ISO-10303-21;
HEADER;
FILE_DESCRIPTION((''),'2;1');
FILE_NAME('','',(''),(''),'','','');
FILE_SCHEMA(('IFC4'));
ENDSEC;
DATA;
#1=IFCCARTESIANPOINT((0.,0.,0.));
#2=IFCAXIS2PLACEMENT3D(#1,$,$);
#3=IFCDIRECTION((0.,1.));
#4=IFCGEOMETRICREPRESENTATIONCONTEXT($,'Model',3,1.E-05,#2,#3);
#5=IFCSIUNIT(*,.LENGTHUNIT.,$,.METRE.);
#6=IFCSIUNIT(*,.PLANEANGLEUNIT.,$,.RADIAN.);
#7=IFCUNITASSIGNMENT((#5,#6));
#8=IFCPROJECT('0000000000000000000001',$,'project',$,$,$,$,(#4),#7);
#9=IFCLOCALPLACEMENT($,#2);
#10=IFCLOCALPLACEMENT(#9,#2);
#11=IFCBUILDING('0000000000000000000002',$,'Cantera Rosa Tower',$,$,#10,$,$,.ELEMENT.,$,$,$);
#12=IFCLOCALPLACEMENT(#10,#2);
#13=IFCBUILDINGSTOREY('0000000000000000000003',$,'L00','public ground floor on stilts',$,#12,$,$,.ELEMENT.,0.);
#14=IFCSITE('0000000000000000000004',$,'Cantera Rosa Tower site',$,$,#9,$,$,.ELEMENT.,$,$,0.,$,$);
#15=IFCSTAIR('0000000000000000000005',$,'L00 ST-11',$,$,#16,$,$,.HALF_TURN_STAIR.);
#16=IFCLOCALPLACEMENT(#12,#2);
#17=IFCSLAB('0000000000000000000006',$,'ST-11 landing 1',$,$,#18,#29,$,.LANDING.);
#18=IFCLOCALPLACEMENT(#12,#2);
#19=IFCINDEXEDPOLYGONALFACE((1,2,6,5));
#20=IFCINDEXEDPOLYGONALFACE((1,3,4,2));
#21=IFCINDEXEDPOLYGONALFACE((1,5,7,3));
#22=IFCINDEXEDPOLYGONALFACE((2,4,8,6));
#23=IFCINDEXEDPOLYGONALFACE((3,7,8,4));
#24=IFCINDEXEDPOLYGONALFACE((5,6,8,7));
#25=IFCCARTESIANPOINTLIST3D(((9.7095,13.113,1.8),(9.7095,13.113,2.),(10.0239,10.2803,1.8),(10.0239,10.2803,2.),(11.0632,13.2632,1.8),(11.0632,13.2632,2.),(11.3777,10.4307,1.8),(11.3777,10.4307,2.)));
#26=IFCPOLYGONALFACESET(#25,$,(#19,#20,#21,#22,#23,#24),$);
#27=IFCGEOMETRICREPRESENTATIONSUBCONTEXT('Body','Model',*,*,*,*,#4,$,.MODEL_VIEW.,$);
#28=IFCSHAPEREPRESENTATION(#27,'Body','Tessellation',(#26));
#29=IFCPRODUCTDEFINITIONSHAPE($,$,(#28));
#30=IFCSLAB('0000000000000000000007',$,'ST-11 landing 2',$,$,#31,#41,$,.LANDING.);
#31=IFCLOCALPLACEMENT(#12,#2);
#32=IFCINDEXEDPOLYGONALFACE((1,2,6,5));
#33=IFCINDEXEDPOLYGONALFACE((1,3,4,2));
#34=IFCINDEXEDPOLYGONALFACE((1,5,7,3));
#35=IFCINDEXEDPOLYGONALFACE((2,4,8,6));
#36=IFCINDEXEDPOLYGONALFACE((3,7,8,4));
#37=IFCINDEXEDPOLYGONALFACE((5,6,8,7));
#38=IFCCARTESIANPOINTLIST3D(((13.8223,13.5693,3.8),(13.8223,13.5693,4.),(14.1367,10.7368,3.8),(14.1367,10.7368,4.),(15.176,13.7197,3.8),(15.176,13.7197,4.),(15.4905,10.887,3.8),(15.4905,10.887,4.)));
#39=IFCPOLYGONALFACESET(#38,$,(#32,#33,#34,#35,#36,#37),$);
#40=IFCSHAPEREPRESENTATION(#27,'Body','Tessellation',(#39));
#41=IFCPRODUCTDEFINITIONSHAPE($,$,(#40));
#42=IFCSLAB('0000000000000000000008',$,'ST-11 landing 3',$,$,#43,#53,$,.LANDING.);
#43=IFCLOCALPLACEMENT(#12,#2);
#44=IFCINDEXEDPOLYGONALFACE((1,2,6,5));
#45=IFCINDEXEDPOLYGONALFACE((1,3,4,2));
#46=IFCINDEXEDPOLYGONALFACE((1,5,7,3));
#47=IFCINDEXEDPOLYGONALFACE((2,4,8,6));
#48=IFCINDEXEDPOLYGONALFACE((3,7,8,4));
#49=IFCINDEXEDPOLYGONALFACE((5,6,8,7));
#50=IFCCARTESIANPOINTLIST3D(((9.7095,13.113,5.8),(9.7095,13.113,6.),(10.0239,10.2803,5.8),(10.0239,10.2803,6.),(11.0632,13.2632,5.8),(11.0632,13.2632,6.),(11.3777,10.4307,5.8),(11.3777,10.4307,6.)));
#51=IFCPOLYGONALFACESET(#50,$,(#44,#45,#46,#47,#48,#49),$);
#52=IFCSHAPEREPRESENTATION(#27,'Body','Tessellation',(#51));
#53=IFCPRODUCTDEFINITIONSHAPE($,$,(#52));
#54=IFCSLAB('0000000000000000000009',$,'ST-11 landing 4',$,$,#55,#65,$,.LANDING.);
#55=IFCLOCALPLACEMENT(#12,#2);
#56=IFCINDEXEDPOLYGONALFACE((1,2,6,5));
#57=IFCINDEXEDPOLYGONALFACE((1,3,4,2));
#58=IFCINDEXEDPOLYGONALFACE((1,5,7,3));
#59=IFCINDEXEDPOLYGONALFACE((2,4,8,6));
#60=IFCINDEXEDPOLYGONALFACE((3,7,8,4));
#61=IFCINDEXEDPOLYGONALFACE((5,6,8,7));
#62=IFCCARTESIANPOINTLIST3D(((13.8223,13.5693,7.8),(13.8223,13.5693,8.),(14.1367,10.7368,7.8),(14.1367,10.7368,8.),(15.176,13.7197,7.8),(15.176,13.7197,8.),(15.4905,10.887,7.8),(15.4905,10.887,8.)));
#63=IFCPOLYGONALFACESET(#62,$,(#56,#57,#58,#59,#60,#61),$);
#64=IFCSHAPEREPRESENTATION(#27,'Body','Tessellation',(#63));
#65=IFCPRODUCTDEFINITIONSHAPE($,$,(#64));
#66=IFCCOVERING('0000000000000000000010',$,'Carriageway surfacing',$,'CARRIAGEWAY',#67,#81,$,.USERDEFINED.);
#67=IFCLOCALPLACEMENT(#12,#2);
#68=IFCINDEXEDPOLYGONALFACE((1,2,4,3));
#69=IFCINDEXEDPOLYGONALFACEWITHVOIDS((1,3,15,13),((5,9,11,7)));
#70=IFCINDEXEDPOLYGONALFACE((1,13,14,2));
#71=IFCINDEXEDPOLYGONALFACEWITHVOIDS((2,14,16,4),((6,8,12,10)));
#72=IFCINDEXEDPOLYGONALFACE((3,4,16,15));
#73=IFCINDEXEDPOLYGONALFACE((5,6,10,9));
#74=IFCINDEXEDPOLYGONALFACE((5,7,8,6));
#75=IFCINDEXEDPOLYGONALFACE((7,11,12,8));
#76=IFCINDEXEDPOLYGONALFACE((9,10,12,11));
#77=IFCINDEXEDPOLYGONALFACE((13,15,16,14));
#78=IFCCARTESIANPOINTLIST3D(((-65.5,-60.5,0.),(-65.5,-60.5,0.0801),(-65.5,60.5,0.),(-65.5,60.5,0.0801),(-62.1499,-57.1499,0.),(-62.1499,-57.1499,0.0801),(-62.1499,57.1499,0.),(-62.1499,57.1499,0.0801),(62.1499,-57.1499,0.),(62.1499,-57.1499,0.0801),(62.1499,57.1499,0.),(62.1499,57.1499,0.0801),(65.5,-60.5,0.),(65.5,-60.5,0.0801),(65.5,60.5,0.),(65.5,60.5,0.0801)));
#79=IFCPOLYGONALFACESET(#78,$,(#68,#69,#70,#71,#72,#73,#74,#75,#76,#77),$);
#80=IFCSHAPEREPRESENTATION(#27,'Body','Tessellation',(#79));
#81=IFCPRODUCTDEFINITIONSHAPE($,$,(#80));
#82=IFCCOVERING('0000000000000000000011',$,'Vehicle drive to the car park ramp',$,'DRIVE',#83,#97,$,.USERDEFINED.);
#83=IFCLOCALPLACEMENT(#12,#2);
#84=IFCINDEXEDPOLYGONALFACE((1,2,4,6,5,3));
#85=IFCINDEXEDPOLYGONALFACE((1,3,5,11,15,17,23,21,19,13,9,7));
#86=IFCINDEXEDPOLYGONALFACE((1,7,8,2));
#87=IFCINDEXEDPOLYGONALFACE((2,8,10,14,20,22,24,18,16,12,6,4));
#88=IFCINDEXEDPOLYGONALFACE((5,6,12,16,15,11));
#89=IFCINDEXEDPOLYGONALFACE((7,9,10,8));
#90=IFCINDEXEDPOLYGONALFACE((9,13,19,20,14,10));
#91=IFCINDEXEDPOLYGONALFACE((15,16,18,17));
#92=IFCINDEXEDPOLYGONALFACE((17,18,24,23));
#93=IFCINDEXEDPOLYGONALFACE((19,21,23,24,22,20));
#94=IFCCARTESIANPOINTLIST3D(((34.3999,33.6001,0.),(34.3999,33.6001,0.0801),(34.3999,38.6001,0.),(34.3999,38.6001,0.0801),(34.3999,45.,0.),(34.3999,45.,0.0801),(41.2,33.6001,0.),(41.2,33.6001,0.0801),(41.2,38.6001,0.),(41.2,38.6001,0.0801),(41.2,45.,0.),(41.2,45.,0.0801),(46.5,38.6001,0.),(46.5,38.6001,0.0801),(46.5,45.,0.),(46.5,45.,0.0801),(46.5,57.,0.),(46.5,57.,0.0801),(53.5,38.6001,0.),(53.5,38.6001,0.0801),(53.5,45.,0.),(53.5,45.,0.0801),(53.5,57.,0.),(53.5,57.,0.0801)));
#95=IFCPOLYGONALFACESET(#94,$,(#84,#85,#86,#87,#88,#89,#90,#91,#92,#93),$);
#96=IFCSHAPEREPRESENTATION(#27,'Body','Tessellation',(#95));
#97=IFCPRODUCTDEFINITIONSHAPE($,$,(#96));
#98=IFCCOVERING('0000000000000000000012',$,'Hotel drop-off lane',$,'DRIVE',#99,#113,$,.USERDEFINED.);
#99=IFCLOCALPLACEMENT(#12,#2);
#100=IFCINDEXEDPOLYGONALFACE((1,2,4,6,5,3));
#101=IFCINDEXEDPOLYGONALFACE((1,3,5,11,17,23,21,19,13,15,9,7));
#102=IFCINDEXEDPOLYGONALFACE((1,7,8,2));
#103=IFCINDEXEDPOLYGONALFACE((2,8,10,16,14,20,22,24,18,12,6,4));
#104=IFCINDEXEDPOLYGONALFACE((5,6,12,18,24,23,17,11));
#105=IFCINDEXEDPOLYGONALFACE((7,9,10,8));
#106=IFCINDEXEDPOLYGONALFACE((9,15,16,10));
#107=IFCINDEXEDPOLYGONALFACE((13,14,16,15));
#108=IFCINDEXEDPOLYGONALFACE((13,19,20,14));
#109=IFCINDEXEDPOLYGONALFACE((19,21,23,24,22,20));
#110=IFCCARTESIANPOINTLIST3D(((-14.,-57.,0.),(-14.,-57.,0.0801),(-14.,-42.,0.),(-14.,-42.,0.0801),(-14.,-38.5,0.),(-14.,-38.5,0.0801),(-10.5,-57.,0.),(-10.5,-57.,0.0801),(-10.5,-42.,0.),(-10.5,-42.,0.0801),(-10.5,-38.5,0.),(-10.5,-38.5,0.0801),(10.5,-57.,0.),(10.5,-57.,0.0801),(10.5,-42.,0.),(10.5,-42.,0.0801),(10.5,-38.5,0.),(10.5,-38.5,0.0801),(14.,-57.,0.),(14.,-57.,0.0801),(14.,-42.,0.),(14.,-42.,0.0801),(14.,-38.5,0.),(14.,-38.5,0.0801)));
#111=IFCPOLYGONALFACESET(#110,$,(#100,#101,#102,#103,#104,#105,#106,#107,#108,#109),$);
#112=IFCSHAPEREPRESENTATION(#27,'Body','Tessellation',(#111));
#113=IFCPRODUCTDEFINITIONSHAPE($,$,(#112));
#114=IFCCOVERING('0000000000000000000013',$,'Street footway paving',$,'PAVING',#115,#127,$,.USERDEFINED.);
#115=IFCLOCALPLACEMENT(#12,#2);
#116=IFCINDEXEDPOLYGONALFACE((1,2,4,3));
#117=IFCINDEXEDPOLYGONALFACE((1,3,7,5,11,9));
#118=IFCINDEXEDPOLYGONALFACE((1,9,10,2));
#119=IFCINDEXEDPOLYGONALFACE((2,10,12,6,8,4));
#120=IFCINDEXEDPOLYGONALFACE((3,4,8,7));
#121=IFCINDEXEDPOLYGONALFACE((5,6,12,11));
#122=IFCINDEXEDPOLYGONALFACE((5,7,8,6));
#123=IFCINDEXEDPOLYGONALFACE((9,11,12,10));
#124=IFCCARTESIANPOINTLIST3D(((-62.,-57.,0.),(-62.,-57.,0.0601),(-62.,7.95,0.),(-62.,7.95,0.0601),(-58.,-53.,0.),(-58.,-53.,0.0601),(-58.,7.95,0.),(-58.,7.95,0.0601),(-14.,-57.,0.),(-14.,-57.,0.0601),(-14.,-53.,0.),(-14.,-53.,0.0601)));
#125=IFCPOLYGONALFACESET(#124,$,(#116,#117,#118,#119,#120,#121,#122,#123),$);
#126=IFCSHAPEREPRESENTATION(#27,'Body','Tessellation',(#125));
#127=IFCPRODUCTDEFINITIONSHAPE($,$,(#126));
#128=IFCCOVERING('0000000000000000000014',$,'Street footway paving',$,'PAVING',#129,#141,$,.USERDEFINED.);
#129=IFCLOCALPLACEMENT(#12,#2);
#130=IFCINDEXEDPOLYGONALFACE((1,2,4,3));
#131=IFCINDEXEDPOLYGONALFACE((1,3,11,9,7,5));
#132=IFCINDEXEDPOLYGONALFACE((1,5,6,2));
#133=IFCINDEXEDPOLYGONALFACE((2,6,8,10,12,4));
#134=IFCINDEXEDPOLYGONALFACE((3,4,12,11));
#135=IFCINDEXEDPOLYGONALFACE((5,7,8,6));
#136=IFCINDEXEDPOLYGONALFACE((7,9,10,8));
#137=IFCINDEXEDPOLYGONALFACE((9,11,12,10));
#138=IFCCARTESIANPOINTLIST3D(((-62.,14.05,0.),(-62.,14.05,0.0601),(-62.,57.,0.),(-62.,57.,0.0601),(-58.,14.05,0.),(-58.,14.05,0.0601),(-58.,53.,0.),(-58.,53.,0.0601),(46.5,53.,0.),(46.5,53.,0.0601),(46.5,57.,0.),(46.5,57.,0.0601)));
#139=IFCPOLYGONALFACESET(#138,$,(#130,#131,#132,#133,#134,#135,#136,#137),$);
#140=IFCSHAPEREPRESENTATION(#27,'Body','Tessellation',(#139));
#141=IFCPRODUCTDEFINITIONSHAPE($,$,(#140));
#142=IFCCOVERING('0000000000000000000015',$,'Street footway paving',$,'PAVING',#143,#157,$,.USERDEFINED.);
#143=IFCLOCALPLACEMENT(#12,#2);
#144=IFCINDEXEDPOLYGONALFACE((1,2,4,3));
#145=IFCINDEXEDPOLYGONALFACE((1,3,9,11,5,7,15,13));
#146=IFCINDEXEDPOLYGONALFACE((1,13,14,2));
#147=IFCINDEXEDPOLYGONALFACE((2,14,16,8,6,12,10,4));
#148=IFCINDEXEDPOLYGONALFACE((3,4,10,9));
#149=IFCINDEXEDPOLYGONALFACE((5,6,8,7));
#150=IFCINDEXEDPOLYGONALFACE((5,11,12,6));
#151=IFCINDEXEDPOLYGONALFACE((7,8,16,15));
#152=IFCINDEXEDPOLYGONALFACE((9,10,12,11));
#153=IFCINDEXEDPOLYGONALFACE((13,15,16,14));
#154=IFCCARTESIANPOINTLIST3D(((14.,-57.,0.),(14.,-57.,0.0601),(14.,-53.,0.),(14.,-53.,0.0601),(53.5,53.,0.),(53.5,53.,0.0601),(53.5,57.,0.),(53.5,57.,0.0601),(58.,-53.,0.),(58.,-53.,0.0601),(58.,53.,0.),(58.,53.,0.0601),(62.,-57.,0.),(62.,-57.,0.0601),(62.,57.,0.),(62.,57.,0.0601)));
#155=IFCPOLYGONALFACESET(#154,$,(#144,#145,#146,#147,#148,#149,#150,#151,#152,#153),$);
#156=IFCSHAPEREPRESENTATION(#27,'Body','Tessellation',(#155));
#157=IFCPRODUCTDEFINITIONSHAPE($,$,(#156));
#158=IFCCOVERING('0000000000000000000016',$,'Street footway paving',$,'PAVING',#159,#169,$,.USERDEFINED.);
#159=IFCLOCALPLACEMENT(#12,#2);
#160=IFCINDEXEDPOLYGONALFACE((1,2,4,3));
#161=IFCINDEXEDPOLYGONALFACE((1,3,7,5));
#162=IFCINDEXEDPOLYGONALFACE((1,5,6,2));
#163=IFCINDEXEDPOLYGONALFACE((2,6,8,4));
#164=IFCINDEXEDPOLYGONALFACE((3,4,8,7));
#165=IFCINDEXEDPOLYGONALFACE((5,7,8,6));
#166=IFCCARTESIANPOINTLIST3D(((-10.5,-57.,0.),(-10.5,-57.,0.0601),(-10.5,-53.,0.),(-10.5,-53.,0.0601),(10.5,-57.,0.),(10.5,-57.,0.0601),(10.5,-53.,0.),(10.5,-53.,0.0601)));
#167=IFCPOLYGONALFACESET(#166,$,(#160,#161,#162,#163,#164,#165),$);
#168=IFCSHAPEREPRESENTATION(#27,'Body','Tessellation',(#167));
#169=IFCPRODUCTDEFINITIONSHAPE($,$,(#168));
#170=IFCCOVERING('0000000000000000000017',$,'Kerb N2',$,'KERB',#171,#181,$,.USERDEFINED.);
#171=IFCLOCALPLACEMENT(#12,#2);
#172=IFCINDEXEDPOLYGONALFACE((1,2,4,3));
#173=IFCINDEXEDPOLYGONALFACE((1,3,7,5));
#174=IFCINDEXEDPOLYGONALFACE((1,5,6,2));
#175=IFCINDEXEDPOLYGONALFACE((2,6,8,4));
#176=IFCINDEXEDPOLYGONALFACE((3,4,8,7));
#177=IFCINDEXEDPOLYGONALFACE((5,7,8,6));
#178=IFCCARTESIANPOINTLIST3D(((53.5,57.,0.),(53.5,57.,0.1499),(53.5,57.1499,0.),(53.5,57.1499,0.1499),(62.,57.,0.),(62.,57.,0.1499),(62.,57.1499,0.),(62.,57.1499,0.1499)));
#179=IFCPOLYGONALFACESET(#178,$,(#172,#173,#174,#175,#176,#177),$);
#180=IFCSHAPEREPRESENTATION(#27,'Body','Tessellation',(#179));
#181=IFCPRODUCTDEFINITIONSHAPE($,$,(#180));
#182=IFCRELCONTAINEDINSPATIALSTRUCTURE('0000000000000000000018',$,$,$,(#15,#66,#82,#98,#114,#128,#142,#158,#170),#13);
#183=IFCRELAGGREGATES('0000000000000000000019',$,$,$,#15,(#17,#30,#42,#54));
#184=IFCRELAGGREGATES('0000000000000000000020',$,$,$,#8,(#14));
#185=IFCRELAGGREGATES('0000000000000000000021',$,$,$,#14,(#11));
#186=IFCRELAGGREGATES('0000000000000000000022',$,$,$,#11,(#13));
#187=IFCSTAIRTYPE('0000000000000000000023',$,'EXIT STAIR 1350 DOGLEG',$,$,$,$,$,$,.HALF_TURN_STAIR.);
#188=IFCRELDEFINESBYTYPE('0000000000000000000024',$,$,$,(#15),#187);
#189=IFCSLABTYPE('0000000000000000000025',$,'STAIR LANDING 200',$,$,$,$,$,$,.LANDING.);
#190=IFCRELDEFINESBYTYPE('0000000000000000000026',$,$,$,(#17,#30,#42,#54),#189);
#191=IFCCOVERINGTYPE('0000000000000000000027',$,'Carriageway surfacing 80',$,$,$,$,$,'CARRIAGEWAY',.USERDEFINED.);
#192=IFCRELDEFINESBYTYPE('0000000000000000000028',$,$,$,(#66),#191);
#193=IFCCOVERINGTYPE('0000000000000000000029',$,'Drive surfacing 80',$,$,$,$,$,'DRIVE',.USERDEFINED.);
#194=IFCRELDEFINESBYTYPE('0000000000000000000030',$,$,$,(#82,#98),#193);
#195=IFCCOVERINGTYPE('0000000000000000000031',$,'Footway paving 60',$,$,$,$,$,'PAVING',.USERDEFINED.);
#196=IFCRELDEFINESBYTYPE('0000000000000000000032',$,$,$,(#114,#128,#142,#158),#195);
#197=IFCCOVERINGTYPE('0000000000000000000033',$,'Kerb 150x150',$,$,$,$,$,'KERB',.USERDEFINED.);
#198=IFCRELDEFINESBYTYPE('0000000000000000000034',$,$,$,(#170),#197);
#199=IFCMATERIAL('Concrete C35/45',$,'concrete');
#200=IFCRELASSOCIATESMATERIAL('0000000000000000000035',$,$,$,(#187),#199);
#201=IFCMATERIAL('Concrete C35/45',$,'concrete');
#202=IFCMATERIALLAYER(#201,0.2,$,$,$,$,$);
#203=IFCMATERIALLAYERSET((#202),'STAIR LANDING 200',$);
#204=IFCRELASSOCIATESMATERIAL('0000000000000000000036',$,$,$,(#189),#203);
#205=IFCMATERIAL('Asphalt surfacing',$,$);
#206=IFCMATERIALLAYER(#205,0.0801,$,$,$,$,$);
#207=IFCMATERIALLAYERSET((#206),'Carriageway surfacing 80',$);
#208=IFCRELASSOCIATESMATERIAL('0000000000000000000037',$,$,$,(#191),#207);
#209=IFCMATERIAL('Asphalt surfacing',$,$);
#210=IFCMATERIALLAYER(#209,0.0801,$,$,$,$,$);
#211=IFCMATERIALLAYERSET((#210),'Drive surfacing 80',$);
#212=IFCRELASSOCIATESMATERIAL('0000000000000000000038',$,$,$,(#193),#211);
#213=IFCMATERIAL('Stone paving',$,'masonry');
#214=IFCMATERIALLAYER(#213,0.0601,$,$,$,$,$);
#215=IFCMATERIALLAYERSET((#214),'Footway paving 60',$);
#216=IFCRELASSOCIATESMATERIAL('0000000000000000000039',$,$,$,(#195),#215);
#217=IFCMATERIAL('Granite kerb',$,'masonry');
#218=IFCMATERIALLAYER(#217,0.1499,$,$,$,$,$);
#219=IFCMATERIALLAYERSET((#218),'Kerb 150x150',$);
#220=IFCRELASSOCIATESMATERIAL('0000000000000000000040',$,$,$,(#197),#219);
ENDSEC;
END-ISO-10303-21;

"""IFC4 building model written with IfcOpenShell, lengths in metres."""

from ifc_helpers import new_model, si_unit, direction, frame, origin, place, context, subcontext, project, spatial, polyline, outline, extrude, material, layer, layer_set, type_object, element, aggregate, save


model = new_model("IFC4")

# Units and contexts
model_context = context("Model", 3, precision=1e-05, world=origin(), true_north=direction((0.0, 1.0)))
body_context = subcontext(model_context, "Body", "Model", "MODEL_VIEW")
ifc_project = project(units=[si_unit("LENGTHUNIT", "METRE"), si_unit("PLANEANGLEUNIT", "RADIAN")], contexts=[model_context])

# Site, building, storey
site_placement = place(None, origin())
site = spatial("IfcSite", under=ifc_project, at=site_placement, Name="Cantera Rosa Tower site", CompositionType="ELEMENT", RefElevation=0.0)
building_placement = place(site_placement, origin())
building = spatial("IfcBuilding", under=site, at=building_placement, Name="Cantera Rosa Tower", CompositionType="ELEMENT")
storey_placement = place(building_placement, origin())
storey = spatial("IfcBuildingStorey", under=building, at=storey_placement, Name="L00", Description="public ground floor on stilts", CompositionType="ELEMENT", Elevation=0.0)

# Stair, slabs
ifc_material_1 = material(Name="Concrete C35/45", Category="concrete")
stair_type = type_object("IfcStairType", Name="EXIT STAIR 1350 DOGLEG", PredefinedType="HALF_TURN_STAIR", material=ifc_material_1)
stair_placement = place(storey_placement, origin())
stair = element("IfcStair", 1, at=stair_placement, inside=storey, type_object=stair_type, Name="L00 ST-11", PredefinedType="HALF_TURN_STAIR")
ifc_material_2 = material(Name="Concrete C35/45", Category="concrete")
ifc_layer_1 = layer(ifc_material_2, 0.2)
ifc_layer_set_1 = layer_set([ifc_layer_1], Name="STAIR LANDING 200")
slab_type = type_object("IfcSlabType", Name="STAIR LANDING 200", PredefinedType="LANDING", material=ifc_layer_set_1)
slab_1_placement = place(storey_placement, frame((0.0, 0.0, 1.8)))
slab_1 = element("IfcSlab", 2, at=slab_1_placement, type_object=slab_type, Name="ST-11 landing 1", PredefinedType="LANDING", context=body_context, shape_type="SweptSolid", body=[
    extrude(outline(polyline([(11.0632, 13.2632), (9.7095, 13.113), (10.0239, 10.2803), (11.3777, 10.4307), (11.0632, 13.2632)])), origin(), (0.0, 0.0, 1.0), 0.2),
])
slab_2_placement = place(storey_placement, frame((0.0, 0.0, 3.8)))
slab_2 = element("IfcSlab", 3, at=slab_2_placement, type_object=slab_type, Name="ST-11 landing 2", PredefinedType="LANDING", context=body_context, shape_type="SweptSolid", body=[
    extrude(outline(polyline([(15.176, 13.7197), (13.8223, 13.5693), (14.1367, 10.7368), (15.4905, 10.887), (15.176, 13.7197)])), origin(), (0.0, 0.0, 1.0), 0.2),
])
slab_3_placement = place(storey_placement, frame((0.0, 0.0, 5.8)))
slab_3 = element("IfcSlab", 4, at=slab_3_placement, type_object=slab_type, Name="ST-11 landing 3", PredefinedType="LANDING", context=body_context, shape_type="SweptSolid", body=[
    extrude(outline(polyline([(11.0632, 13.2632), (9.7095, 13.113), (10.0239, 10.2803), (11.3777, 10.4307), (11.0632, 13.2632)])), origin(), (0.0, 0.0, 1.0), 0.2),
])
slab_4_placement = place(storey_placement, frame((0.0, 0.0, 7.8)))
slab_4 = element("IfcSlab", 5, at=slab_4_placement, type_object=slab_type, Name="ST-11 landing 4", PredefinedType="LANDING", context=body_context, shape_type="SweptSolid", body=[
    extrude(outline(polyline([(15.176, 13.7197), (13.8223, 13.5693), (14.1367, 10.7368), (15.4905, 10.887), (15.176, 13.7197)])), origin(), (0.0, 0.0, 1.0), 0.2),
])
aggregate(stair, [slab_1, slab_2, slab_3, slab_4])

# Coverings
ifc_material_3 = material(Name="Asphalt surfacing")
ifc_layer_2 = layer(ifc_material_3, 0.0801)
ifc_layer_set_2 = layer_set([ifc_layer_2], Name="Carriageway surfacing 80")
covering_type_1 = type_object("IfcCoveringType", Name="Carriageway surfacing 80", ElementType="CARRIAGEWAY", PredefinedType="USERDEFINED", material=ifc_layer_set_2)
covering_1_placement = place(storey_placement, origin())
element("IfcCovering", 6, at=covering_1_placement, inside=storey, type_object=covering_type_1, Name="Carriageway surfacing", ObjectType="CARRIAGEWAY", PredefinedType="USERDEFINED", context=body_context, shape_type="SweptSolid", body=[
    extrude(outline(polyline([(-65.5, -60.5), (65.5, -60.5), (65.5, 60.5), (-65.5, 60.5), (-65.5, -60.5)]), holes=[polyline([(62.1499, 57.1499), (-62.1499, 57.1499), (-62.1499, -57.1499), (62.1499, -57.1499), (62.1499, 57.1499)])]), origin(), (0.0, 0.0, 1.0), 0.0801),
])
ifc_material_4 = material(Name="Asphalt surfacing")
ifc_layer_3 = layer(ifc_material_4, 0.0801)
ifc_layer_set_3 = layer_set([ifc_layer_3], Name="Drive surfacing 80")
covering_type_2 = type_object("IfcCoveringType", Name="Drive surfacing 80", ElementType="DRIVE", PredefinedType="USERDEFINED", material=ifc_layer_set_3)
covering_2_placement = place(storey_placement, origin())
element("IfcCovering", 7, at=covering_2_placement, inside=storey, type_object=covering_type_2, Name="Vehicle drive to the car park ramp", ObjectType="DRIVE", PredefinedType="USERDEFINED", context=body_context, shape_type="SweptSolid", body=[
    extrude(outline(polyline([(34.3999, 33.6001), (41.2, 33.6001), (41.2, 38.6001), (46.5, 38.6001), (53.5, 38.6001), (53.5, 45.0), (53.5, 57.0), (46.5, 57.0), (46.5, 45.0), (41.2, 45.0), (34.3999, 45.0), (34.3999, 38.6001), (34.3999, 33.6001)])), origin(), (0.0, 0.0, 1.0), 0.0801),
])
covering_3_placement = place(storey_placement, origin())
element("IfcCovering", 8, at=covering_3_placement, inside=storey, type_object=covering_type_2, Name="Hotel drop-off lane", ObjectType="DRIVE", PredefinedType="USERDEFINED", context=body_context, shape_type="SweptSolid", body=[
    extrude(outline(polyline([(-10.5, -57.0), (-10.5, -42.0), (10.5, -42.0), (10.5, -57.0), (14.0, -57.0), (14.0, -42.0), (14.0, -38.5), (10.5, -38.5), (-10.5, -38.5), (-14.0, -38.5), (-14.0, -42.0), (-14.0, -57.0), (-10.5, -57.0)])), origin(), (0.0, 0.0, 1.0), 0.0801),
])
ifc_material_5 = material(Name="Stone paving", Category="masonry")
ifc_layer_4 = layer(ifc_material_5, 0.0601)
ifc_layer_set_4 = layer_set([ifc_layer_4], Name="Footway paving 60")
covering_type_3 = type_object("IfcCoveringType", Name="Footway paving 60", ElementType="PAVING", PredefinedType="USERDEFINED", material=ifc_layer_set_4)
covering_4_placement = place(storey_placement, origin())
element("IfcCovering", 9, at=covering_4_placement, inside=storey, type_object=covering_type_3, Name="Street footway paving", ObjectType="PAVING", PredefinedType="USERDEFINED", context=body_context, shape_type="SweptSolid", body=[
    extrude(outline(polyline([(-62.0, 7.95), (-62.0, -57.0), (-14.0, -57.0), (-14.0, -53.0), (-58.0, -53.0), (-58.0, 7.95), (-62.0, 7.95)])), origin(), (0.0, 0.0, 1.0), 0.0601),
])
covering_5_placement = place(storey_placement, origin())
element("IfcCovering", 10, at=covering_5_placement, inside=storey, type_object=covering_type_3, Name="Street footway paving", ObjectType="PAVING", PredefinedType="USERDEFINED", context=body_context, shape_type="SweptSolid", body=[
    extrude(outline(polyline([(-62.0, 57.0), (-62.0, 14.05), (-58.0, 14.05), (-58.0, 53.0), (46.5, 53.0), (46.5, 57.0), (-62.0, 57.0)])), origin(), (0.0, 0.0, 1.0), 0.0601),
])
covering_6_placement = place(storey_placement, origin())
element("IfcCovering", 11, at=covering_6_placement, inside=storey, type_object=covering_type_3, Name="Street footway paving", ObjectType="PAVING", PredefinedType="USERDEFINED", context=body_context, shape_type="SweptSolid", body=[
    extrude(outline(polyline([(62.0, 57.0), (53.5, 57.0), (53.5, 53.0), (58.0, 53.0), (58.0, -53.0), (14.0, -53.0), (14.0, -57.0), (62.0, -57.0), (62.0, 57.0)])), origin(), (0.0, 0.0, 1.0), 0.0601),
])
covering_7_placement = place(storey_placement, origin())
element("IfcCovering", 12, at=covering_7_placement, inside=storey, type_object=covering_type_3, Name="Street footway paving", ObjectType="PAVING", PredefinedType="USERDEFINED", context=body_context, shape_type="SweptSolid", body=[
    extrude(outline(polyline([(-10.5, -57.0), (10.5, -57.0), (10.5, -53.0), (-10.5, -53.0), (-10.5, -57.0)])), origin(), (0.0, 0.0, 1.0), 0.0601),
])
ifc_material_6 = material(Name="Granite kerb", Category="masonry")
ifc_layer_5 = layer(ifc_material_6, 0.1499)
ifc_layer_set_5 = layer_set([ifc_layer_5], Name="Kerb 150x150")
covering_type_4 = type_object("IfcCoveringType", Name="Kerb 150x150", ElementType="KERB", PredefinedType="USERDEFINED", material=ifc_layer_set_5)
covering_8_placement = place(storey_placement, origin())
element("IfcCovering", 13, at=covering_8_placement, inside=storey, type_object=covering_type_4, Name="Kerb N2", ObjectType="KERB", PredefinedType="USERDEFINED", context=body_context, shape_type="SweptSolid", body=[
    extrude(outline(polyline([(62.0, 57.0), (62.0, 57.1499), (53.5, 57.1499), (53.5, 57.0), (62.0, 57.0)])), origin(), (0.0, 0.0, 1.0), 0.1499),
])

save(model, "model.ifc")
